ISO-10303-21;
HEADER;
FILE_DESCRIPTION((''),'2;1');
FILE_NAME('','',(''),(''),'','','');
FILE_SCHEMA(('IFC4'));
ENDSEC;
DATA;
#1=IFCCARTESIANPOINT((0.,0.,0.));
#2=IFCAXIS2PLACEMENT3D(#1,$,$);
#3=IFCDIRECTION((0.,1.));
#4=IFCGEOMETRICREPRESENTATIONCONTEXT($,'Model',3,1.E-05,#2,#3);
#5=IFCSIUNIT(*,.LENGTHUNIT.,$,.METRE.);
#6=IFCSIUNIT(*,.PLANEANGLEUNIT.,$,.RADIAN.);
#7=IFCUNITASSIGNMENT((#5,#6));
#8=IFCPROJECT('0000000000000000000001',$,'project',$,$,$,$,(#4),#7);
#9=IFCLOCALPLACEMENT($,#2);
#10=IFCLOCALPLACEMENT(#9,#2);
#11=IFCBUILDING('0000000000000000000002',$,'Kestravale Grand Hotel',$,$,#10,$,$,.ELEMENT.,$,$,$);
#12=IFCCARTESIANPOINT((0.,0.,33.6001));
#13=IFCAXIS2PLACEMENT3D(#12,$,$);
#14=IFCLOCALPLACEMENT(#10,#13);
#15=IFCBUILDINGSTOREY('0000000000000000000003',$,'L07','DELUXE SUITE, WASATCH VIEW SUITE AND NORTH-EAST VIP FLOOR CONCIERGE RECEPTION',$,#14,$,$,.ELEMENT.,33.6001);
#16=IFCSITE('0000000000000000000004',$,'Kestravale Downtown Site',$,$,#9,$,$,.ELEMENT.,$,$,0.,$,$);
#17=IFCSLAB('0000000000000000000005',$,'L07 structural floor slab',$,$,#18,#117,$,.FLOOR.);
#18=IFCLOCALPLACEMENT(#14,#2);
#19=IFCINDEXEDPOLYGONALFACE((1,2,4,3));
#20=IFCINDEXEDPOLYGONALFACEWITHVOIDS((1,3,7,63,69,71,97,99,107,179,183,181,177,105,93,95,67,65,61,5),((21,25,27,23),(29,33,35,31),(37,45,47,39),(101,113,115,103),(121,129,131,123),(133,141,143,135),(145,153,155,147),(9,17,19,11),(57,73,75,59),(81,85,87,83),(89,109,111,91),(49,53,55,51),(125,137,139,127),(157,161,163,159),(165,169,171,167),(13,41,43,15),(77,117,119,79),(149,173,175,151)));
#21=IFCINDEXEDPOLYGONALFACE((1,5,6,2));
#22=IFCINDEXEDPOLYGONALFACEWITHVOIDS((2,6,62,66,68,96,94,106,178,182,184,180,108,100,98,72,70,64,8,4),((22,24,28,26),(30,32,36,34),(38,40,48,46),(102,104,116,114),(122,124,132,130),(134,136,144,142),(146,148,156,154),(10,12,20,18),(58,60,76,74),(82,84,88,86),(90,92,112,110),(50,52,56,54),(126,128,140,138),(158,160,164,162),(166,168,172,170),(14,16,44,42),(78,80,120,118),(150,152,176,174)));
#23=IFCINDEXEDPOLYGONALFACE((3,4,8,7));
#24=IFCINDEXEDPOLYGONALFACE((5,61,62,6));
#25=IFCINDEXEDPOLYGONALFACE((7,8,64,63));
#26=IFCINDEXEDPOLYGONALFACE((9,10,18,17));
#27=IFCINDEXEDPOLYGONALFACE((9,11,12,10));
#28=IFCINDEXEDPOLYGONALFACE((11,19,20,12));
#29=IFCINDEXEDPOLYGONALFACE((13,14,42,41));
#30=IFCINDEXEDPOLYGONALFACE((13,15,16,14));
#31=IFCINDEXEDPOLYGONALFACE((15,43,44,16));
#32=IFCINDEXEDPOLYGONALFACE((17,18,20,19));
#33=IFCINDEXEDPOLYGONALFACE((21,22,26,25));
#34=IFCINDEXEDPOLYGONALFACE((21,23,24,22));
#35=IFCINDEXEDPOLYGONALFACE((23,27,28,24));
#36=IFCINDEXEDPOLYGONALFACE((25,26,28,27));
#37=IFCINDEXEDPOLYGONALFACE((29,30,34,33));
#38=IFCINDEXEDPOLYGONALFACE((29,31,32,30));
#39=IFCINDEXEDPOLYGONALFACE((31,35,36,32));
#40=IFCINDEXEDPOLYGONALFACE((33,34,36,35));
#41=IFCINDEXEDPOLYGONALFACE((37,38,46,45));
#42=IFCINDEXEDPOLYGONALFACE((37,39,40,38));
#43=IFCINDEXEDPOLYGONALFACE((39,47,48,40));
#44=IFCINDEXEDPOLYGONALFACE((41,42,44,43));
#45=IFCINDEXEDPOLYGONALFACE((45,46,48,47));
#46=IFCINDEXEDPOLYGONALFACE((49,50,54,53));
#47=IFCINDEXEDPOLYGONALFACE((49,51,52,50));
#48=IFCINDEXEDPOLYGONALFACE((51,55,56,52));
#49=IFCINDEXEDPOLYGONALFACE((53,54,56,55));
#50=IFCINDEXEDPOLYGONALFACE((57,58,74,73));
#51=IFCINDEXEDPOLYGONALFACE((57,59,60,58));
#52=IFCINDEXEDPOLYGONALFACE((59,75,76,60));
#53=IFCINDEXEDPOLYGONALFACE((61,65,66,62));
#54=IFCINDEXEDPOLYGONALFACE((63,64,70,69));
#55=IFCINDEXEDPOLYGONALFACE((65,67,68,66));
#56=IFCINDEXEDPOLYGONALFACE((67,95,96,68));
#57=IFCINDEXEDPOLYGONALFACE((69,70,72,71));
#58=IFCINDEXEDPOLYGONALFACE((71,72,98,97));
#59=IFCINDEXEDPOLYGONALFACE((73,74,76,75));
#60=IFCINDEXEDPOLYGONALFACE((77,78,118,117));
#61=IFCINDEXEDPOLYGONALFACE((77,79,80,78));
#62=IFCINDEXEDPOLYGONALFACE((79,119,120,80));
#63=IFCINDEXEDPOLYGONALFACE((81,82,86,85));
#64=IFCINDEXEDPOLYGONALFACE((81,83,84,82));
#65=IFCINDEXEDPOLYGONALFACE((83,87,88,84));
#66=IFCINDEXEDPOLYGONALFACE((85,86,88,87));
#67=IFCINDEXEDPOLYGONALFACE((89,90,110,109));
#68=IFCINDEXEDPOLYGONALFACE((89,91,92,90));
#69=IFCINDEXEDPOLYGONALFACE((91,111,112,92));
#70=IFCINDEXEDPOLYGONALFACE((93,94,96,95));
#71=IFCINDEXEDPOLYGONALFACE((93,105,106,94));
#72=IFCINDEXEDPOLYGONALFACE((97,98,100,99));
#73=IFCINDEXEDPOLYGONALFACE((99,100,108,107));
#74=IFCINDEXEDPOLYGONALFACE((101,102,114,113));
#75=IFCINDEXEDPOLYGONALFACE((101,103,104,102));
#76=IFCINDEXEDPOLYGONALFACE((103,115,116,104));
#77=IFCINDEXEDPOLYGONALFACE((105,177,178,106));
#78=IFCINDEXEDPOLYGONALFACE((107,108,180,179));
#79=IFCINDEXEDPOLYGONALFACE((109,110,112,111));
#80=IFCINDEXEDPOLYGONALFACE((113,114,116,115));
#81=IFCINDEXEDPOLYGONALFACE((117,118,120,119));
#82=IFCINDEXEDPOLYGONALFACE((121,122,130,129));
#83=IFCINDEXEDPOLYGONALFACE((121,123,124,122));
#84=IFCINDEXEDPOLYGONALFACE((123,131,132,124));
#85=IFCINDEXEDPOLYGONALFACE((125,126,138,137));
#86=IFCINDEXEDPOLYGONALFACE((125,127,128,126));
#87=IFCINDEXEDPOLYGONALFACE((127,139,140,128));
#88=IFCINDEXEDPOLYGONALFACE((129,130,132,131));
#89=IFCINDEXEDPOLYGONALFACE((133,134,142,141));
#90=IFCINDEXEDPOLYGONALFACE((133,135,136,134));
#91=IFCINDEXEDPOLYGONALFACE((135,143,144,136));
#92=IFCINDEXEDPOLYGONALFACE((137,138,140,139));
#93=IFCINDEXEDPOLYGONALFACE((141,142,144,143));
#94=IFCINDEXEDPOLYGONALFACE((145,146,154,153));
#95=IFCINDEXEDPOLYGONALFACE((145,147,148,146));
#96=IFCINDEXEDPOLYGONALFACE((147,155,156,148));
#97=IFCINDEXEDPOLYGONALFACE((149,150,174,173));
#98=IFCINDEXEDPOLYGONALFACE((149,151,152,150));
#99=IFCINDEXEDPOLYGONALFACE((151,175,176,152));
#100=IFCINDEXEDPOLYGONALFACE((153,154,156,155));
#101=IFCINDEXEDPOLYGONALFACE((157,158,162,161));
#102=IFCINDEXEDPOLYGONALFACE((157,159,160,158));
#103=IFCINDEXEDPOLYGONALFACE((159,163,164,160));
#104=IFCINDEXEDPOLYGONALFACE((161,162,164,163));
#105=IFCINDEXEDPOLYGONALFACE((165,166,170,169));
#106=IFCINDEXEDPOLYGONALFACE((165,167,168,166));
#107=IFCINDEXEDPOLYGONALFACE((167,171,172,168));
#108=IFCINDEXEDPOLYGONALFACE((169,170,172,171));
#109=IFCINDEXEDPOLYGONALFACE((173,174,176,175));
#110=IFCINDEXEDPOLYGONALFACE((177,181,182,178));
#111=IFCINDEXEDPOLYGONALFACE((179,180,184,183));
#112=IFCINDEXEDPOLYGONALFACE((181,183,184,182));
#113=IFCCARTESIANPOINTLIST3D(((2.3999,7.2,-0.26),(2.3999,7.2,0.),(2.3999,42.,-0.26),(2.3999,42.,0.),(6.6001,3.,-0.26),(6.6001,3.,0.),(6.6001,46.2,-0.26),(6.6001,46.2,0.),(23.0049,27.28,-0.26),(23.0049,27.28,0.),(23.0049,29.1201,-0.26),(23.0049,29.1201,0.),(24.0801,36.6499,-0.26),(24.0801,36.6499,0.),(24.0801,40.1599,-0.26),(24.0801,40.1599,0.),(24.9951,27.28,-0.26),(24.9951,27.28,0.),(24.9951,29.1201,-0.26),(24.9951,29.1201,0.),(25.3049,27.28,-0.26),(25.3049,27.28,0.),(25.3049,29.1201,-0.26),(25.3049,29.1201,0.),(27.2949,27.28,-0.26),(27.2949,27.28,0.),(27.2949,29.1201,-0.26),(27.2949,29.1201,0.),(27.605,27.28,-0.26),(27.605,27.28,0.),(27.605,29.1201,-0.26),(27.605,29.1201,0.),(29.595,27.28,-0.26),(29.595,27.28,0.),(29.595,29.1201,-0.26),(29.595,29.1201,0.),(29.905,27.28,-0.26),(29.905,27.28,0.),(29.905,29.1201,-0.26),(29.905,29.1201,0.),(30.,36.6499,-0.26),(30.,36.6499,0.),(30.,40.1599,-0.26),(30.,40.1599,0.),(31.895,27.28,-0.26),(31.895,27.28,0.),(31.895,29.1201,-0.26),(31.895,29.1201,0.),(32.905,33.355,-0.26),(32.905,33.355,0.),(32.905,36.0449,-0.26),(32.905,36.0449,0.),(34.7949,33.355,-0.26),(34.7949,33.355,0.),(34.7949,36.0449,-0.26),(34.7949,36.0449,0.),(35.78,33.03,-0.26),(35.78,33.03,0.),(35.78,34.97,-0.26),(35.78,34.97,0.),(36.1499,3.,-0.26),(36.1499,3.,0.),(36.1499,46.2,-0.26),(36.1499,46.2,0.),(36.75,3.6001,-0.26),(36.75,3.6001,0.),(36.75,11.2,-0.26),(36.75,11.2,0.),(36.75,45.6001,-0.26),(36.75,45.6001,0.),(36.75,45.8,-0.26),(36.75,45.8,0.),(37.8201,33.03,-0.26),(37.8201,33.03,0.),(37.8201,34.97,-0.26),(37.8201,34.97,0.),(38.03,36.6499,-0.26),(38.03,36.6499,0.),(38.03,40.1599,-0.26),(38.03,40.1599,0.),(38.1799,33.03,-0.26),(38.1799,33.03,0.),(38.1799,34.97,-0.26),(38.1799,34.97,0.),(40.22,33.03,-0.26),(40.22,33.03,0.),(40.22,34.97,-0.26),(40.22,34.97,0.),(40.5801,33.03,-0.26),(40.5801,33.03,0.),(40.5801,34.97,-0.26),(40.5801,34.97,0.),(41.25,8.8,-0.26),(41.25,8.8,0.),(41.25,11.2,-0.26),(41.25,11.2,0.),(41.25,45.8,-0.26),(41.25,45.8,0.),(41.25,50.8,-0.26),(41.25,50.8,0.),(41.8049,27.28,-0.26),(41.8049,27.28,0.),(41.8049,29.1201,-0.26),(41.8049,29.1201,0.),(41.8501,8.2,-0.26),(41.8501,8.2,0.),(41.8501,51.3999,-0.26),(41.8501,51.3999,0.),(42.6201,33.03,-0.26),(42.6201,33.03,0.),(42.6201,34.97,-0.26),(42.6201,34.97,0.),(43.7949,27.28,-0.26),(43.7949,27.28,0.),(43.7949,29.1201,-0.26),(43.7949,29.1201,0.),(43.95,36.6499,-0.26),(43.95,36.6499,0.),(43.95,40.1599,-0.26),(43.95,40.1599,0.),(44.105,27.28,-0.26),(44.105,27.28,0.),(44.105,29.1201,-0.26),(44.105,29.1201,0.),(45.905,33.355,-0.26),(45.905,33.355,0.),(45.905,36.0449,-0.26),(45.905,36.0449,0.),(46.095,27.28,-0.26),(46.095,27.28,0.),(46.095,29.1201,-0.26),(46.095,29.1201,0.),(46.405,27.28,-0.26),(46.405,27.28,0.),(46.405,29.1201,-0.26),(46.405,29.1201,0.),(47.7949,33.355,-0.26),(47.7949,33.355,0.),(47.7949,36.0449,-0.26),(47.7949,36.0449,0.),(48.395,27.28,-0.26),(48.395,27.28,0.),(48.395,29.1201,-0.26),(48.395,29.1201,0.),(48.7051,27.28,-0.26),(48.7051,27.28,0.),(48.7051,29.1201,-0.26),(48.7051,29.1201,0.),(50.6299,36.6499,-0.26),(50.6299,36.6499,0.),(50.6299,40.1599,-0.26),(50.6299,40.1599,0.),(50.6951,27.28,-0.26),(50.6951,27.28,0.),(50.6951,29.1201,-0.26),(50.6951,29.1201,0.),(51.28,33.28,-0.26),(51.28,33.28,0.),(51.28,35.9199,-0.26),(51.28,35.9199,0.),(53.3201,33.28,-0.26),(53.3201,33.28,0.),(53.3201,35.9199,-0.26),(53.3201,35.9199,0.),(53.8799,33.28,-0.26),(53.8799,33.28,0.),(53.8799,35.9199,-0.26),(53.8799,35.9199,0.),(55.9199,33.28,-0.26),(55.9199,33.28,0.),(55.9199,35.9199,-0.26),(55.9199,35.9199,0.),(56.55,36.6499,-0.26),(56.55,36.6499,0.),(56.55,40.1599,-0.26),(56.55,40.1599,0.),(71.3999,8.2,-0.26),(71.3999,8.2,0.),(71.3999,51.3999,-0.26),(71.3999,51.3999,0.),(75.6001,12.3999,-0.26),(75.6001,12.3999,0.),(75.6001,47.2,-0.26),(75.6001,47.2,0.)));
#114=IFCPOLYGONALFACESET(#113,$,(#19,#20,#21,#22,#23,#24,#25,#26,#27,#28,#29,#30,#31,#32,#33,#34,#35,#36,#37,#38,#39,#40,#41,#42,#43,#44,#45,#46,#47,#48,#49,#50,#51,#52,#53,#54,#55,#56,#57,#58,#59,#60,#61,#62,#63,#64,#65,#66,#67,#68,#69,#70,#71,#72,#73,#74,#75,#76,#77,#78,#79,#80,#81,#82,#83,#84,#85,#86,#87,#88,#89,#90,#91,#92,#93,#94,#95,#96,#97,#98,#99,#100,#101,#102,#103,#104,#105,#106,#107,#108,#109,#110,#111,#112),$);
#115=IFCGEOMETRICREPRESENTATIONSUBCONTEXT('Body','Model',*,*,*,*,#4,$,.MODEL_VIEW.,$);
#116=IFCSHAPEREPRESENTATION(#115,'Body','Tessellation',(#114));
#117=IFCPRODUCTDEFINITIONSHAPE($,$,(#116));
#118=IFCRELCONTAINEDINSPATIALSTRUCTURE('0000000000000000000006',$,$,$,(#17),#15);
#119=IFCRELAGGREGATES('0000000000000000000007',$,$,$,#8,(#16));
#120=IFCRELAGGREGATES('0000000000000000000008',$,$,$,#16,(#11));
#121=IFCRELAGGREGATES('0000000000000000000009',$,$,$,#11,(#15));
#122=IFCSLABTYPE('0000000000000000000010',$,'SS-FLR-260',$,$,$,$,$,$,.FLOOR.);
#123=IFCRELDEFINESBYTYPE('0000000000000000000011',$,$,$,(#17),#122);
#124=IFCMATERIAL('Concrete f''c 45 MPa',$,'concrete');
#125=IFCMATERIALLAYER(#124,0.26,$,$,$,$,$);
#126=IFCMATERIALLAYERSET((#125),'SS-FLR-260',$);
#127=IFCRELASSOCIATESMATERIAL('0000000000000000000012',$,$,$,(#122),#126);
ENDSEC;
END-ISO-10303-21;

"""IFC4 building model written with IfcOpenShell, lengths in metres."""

from ifc_helpers import new_model, si_unit, direction, frame, origin, place, context, subcontext, project, spatial, polyline, outline, extrude, material, layer, layer_set, type_object, element, save


model = new_model("IFC4")

# Units and contexts
model_context = context("Model", 3, precision=1e-05, world=origin(), true_north=direction((0.0, 1.0)))
body_context = subcontext(model_context, "Body", "Model", "MODEL_VIEW")
ifc_project = project(units=[si_unit("LENGTHUNIT", "METRE"), si_unit("PLANEANGLEUNIT", "RADIAN")], contexts=[model_context])

# Site, building, storey
site_placement = place(None, origin())
site = spatial("IfcSite", under=ifc_project, at=site_placement, Name="Kestravale Downtown Site", CompositionType="ELEMENT", RefElevation=0.0)
building_placement = place(site_placement, origin())
building = spatial("IfcBuilding", under=site, at=building_placement, Name="Kestravale Grand Hotel", CompositionType="ELEMENT")
storey_placement = place(building_placement, frame((0.0, 0.0, 33.6001)))
storey = spatial("IfcBuildingStorey", under=building, at=storey_placement, Name="L07", Description="DELUXE SUITE, WASATCH VIEW SUITE AND NORTH-EAST VIP FLOOR CONCIERGE RECEPTION", CompositionType="ELEMENT", Elevation=33.6001)

# Slab
ifc_material_1 = material(Name="Concrete f'c 45 MPa", Category="concrete")
ifc_layer_1 = layer(ifc_material_1, 0.26)
ifc_layer_set_1 = layer_set([ifc_layer_1], Name="SS-FLR-260")
slab_type_1 = type_object("IfcSlabType", Name="SS-FLR-260", PredefinedType="FLOOR", material=ifc_layer_set_1)
slab_1_placement = place(storey_placement, frame((0.0, 0.0, -0.26)))
element("IfcSlab", 1, at=slab_1_placement, inside=storey, type_object=slab_type_1, Name="L07 structural floor slab", PredefinedType="FLOOR", context=body_context, shape_type="SweptSolid", body=[
    extrude(outline(polyline([(6.6001, 3.0), (36.1499, 3.0), (36.75, 3.6001), (36.75, 11.2), (41.25, 11.2), (41.25, 8.8), (41.8501, 8.2), (71.3999, 8.2), (75.6001, 12.3999), (75.6001, 47.2), (71.3999, 51.3999), (41.8501, 51.3999), (41.25, 50.8), (41.25, 45.8), (36.75, 45.8), (36.75, 45.6001), (36.1499, 46.2), (6.6001, 46.2), (2.3999, 42.0), (2.3999, 7.2), (6.6001, 3.0)]), holes=[polyline([(24.0801, 36.6499), (30.0, 36.6499), (30.0, 40.1599), (24.0801, 40.1599), (24.0801, 36.6499)]), polyline([(38.03, 36.6499), (43.95, 36.6499), (43.95, 40.1599), (38.03, 40.1599), (38.03, 36.6499)]), polyline([(50.6299, 36.6499), (56.55, 36.6499), (56.55, 40.1599), (50.6299, 40.1599), (50.6299, 36.6499)]), polyline([(23.0049, 27.28), (24.9951, 27.28), (24.9951, 29.1201), (23.0049, 29.1201), (23.0049, 27.28)]), polyline([(25.3049, 27.28), (27.2949, 27.28), (27.2949, 29.1201), (25.3049, 29.1201), (25.3049, 27.28)]), polyline([(27.605, 27.28), (29.595, 27.28), (29.595, 29.1201), (27.605, 29.1201), (27.605, 27.28)]), polyline([(29.905, 27.28), (31.895, 27.28), (31.895, 29.1201), (29.905, 29.1201), (29.905, 27.28)]), polyline([(41.8049, 27.28), (43.7949, 27.28), (43.7949, 29.1201), (41.8049, 29.1201), (41.8049, 27.28)]), polyline([(44.105, 27.28), (46.095, 27.28), (46.095, 29.1201), (44.105, 29.1201), (44.105, 27.28)]), polyline([(46.405, 27.28), (48.395, 27.28), (48.395, 29.1201), (46.405, 29.1201), (46.405, 27.28)]), polyline([(48.7051, 27.28), (50.6951, 27.28), (50.6951, 29.1201), (48.7051, 29.1201), (48.7051, 27.28)]), polyline([(35.78, 33.03), (37.8201, 33.03), (37.8201, 34.97), (35.78, 34.97), (35.78, 33.03)]), polyline([(38.1799, 33.03), (40.22, 33.03), (40.22, 34.97), (38.1799, 34.97), (38.1799, 33.03)]), polyline([(40.5801, 33.03), (42.6201, 33.03), (42.6201, 34.97), (40.5801, 34.97), (40.5801, 33.03)]), polyline([(32.905, 33.355), (34.7949, 33.355), (34.7949, 36.0449), (32.905, 36.0449), (32.905, 33.355)]), polyline([(45.905, 33.355), (47.7949, 33.355), (47.7949, 36.0449), (45.905, 36.0449), (45.905, 33.355)]), polyline([(51.28, 33.28), (53.3201, 33.28), (53.3201, 35.9199), (51.28, 35.9199), (51.28, 33.28)]), polyline([(53.8799, 33.28), (55.9199, 33.28), (55.9199, 35.9199), (53.8799, 35.9199), (53.8799, 33.28)])]), origin(), (0.0, 0.0, 1.0), 0.26),
])

save(model, "model.ifc")
